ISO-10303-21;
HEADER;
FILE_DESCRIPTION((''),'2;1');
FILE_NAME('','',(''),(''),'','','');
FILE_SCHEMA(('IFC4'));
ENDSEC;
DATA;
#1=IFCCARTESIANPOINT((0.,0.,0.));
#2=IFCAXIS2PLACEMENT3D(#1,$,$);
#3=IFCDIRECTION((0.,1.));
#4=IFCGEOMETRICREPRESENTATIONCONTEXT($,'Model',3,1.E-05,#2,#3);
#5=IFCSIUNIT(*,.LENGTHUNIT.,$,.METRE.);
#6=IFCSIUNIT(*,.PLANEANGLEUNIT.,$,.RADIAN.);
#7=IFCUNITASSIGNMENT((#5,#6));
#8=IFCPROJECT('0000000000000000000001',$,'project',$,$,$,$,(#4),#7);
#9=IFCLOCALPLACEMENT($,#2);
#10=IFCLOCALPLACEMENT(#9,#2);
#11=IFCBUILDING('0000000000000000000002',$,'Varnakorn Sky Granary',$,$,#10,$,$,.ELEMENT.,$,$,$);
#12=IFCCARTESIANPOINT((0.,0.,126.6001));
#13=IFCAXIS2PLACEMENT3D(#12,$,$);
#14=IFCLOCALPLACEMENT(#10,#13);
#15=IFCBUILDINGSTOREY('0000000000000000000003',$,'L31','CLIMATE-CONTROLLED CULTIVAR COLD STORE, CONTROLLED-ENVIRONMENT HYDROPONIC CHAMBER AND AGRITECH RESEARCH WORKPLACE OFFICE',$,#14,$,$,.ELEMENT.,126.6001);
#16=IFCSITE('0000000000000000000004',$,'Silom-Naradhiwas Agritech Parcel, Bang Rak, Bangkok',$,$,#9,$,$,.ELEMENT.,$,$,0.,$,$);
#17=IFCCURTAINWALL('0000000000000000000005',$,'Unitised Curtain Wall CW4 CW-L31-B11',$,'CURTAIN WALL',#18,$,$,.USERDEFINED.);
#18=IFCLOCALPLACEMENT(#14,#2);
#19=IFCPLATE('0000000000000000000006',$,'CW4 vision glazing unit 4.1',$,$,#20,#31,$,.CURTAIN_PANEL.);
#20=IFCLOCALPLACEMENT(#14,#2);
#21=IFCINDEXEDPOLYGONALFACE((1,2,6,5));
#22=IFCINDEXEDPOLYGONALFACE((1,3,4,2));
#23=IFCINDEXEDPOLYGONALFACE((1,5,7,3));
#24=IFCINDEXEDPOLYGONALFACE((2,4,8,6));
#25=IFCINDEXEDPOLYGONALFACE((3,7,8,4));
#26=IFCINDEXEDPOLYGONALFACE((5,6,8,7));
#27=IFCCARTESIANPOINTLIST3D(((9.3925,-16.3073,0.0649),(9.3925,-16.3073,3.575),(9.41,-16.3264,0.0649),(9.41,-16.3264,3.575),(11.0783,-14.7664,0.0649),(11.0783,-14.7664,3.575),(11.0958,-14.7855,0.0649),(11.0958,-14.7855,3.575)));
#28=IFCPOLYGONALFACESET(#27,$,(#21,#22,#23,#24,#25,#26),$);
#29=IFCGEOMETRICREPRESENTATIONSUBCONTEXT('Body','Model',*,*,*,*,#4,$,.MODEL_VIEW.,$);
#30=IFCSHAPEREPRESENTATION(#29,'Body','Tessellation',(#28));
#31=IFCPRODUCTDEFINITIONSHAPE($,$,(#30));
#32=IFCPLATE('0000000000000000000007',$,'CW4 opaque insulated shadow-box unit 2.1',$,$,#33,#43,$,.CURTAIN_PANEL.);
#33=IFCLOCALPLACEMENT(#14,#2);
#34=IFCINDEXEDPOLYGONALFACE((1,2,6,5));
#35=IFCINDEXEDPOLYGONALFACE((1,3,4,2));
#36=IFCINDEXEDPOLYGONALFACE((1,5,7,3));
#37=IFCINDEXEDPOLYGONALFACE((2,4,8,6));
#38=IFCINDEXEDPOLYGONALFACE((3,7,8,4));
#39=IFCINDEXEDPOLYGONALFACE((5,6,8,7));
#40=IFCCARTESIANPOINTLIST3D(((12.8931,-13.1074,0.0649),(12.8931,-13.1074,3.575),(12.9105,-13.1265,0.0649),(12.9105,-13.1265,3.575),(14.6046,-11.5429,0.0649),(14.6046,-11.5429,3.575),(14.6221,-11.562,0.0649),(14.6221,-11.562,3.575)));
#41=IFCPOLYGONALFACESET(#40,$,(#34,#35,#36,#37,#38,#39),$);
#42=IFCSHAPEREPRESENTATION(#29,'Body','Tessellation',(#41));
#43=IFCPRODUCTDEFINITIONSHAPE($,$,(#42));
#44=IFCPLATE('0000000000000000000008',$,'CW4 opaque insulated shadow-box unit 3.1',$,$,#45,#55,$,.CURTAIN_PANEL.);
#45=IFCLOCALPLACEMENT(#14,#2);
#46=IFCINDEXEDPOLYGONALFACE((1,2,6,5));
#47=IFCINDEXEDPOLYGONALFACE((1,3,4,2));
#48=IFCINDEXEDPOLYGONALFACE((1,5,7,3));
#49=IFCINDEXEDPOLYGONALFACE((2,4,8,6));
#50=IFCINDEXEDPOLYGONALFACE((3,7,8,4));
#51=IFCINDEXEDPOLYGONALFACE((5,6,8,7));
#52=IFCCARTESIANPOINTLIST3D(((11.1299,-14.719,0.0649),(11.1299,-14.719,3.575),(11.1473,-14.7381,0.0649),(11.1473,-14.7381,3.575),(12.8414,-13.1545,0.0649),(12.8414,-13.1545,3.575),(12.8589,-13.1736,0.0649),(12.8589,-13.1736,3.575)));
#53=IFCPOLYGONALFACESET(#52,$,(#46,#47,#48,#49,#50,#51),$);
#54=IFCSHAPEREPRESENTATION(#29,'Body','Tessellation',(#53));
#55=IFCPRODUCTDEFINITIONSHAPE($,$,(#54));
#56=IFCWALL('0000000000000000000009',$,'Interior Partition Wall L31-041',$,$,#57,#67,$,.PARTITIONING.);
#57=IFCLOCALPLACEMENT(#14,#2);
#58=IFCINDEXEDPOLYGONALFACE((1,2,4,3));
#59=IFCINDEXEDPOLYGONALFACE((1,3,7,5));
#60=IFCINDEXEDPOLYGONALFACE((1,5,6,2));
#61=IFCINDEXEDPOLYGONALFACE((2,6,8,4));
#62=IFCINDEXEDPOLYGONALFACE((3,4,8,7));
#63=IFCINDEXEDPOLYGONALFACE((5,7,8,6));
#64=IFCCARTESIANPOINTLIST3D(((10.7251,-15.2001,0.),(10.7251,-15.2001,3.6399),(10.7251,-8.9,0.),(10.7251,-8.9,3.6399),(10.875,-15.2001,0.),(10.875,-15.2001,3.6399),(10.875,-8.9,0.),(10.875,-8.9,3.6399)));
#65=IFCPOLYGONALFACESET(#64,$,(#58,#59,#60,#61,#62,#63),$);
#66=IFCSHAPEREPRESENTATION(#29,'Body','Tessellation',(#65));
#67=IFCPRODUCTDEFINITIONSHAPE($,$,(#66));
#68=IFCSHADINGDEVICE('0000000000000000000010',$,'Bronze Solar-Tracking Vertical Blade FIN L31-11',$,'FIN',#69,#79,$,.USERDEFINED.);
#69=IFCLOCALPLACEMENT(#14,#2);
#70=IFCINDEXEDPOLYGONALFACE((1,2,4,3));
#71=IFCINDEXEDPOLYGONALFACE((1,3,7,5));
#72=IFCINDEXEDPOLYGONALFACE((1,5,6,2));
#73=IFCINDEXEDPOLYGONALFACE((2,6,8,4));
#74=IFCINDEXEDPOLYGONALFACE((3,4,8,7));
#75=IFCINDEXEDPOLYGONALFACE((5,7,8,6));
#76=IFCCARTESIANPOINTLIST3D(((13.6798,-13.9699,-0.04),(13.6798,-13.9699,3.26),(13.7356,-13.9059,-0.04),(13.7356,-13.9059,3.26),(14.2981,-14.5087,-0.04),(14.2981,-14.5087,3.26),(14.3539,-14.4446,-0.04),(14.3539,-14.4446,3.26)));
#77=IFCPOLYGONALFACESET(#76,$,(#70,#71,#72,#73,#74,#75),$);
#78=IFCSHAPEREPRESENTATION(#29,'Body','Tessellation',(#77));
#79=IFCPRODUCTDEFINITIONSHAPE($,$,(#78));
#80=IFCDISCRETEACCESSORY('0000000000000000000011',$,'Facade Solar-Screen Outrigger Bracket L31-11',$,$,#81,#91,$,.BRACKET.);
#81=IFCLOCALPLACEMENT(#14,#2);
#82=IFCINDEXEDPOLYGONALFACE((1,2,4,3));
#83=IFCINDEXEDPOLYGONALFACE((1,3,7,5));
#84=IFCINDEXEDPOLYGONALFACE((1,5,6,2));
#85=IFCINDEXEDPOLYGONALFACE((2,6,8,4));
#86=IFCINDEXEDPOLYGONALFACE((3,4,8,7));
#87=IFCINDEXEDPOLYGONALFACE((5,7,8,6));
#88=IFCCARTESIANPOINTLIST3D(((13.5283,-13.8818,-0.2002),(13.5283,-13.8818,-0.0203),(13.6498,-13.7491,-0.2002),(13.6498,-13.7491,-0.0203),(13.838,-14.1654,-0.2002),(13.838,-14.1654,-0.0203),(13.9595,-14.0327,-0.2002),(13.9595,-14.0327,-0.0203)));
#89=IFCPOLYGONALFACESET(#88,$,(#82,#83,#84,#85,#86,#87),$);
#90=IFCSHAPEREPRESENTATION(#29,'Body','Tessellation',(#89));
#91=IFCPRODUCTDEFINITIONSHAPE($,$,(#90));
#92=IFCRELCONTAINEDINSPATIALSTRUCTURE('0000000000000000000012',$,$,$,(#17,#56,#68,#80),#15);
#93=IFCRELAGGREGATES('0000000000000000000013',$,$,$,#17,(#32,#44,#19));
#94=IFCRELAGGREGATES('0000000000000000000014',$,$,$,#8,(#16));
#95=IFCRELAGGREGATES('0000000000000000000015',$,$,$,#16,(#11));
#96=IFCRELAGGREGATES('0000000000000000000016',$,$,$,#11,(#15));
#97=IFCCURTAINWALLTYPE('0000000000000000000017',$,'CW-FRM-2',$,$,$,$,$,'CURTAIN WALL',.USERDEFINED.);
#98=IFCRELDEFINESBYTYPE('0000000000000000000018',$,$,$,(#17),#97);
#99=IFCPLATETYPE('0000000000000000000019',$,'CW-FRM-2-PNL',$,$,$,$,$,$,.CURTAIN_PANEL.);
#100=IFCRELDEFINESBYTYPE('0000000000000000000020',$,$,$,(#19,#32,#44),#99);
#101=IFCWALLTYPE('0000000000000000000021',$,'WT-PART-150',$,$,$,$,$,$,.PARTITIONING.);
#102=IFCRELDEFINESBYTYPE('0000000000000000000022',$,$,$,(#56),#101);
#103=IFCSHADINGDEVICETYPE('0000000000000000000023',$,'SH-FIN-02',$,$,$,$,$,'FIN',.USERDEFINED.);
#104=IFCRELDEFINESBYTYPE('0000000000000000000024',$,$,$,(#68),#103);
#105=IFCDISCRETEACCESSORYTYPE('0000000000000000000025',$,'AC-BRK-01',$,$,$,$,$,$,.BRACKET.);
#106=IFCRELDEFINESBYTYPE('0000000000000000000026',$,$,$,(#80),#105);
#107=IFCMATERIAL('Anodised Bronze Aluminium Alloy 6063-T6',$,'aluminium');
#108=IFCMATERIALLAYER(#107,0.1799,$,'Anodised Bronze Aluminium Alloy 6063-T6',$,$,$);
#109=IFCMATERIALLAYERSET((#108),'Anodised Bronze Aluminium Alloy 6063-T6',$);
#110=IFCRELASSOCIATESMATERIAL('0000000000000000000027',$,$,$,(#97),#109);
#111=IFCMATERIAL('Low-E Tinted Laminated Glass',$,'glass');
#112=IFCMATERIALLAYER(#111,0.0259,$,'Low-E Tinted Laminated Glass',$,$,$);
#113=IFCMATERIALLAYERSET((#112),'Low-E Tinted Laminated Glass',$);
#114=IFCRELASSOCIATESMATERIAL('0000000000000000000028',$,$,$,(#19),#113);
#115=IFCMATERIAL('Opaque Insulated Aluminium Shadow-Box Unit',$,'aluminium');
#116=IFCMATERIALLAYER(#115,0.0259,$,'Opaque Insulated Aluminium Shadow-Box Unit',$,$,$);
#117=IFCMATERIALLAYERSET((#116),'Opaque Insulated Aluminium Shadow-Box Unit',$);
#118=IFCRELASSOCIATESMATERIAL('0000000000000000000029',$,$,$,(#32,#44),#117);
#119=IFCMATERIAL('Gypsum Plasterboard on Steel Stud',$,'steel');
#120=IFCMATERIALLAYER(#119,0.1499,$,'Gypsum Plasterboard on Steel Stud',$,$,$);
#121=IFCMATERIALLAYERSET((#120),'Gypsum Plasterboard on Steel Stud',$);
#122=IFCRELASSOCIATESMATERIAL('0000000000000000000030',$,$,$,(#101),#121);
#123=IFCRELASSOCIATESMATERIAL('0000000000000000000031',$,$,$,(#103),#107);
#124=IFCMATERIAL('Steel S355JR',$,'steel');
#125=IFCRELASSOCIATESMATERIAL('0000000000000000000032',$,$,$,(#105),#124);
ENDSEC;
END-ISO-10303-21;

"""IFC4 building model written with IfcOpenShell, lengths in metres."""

from ifc_helpers import new_model, si_unit, direction, frame, frame_2d, origin, origin_2d, place, context, subcontext, project, spatial, rectangle, extrude, source, transform, mapped, material, layer, layer_set, type_object, type_shapes, element, aggregate, save


model = new_model("IFC4")

# Units and contexts
model_context = context("Model", 3, precision=1e-05, world=origin(), true_north=direction((0.0, 1.0)))
body_context = subcontext(model_context, "Body", "Model", "MODEL_VIEW")
ifc_project = project(units=[si_unit("LENGTHUNIT", "METRE"), si_unit("PLANEANGLEUNIT", "RADIAN")], contexts=[model_context])

# Site, building, storey
site_placement = place(None, origin())
site = spatial("IfcSite", under=ifc_project, at=site_placement, Name="Silom-Naradhiwas Agritech Parcel, Bang Rak, Bangkok", CompositionType="ELEMENT", RefElevation=0.0)
building_placement = place(site_placement, origin())
building = spatial("IfcBuilding", under=site, at=building_placement, Name="Varnakorn Sky Granary", CompositionType="ELEMENT")
storey_placement = place(building_placement, frame((0.0, 0.0, 126.6001)))
storey = spatial("IfcBuildingStorey", under=building, at=storey_placement, Name="L31", Description="CLIMATE-CONTROLLED CULTIVAR COLD STORE, CONTROLLED-ENVIRONMENT HYDROPONIC CHAMBER AND AGRITECH RESEARCH WORKPLACE OFFICE", CompositionType="ELEMENT", Elevation=126.6001)

# Shared definitions
ifc_material_1 = material(Name="Steel S355JR", Category="steel")

# Shared definitions
ifc_material_2 = material(Name="Anodised Bronze Aluminium Alloy 6063-T6", Category="aluminium")
ifc_layer_1 = layer(ifc_material_2, 0.1799, Name="Anodised Bronze Aluminium Alloy 6063-T6")
ifc_layer_set_1 = layer_set([ifc_layer_1], Name="Anodised Bronze Aluminium Alloy 6063-T6")
curtain_wall_type = type_object("IfcCurtainWallType", Name="CW-FRM-2", ElementType="CURTAIN WALL", PredefinedType="USERDEFINED", material=ifc_layer_set_1)

# Curtain wall
curtain_wall_1_placement = place(storey_placement, origin())
curtain_wall_1 = element("IfcCurtainWall", 1, at=curtain_wall_1_placement, inside=storey, type_object=curtain_wall_type, Name="Unitised Curtain Wall CW4 CW-L31-B11", ObjectType="CURTAIN WALL", PredefinedType="USERDEFINED")

# Plates
ifc_material_3 = material(Name="Low-E Tinted Laminated Glass", Category="glass")
ifc_layer_2 = layer(ifc_material_3, 0.0259, Name="Low-E Tinted Laminated Glass")
ifc_layer_set_2 = layer_set([ifc_layer_2], Name="Low-E Tinted Laminated Glass")
plate_type = type_object("IfcPlateType", Name="CW-FRM-2-PNL", PredefinedType="CURTAIN_PANEL")
shared_shape_1 = source(origin(), body_context, "Body", "SweptSolid", [
    extrude(rectangle(XDim=2.2839, YDim=0.0259, at=origin_2d()), origin(), (0.0, 0.0, 1.0), 3.51),
])
plate_1_placement = place(storey_placement, frame((10.2441, -15.5464, 0.0649), z_axis=(0.0, 0.0, 1.0), x_axis=(-0.73811, -0.674681, 0.0)))
plate_1 = element("IfcPlate", 2, at=plate_1_placement, type_object=plate_type, material=ifc_layer_set_2, Name="CW4 vision glazing unit 4.1", PredefinedType="CURTAIN_PANEL", context=body_context, shape_type="MappedRepresentation", body=[
    mapped(shared_shape_1, transform((0.0, 0.0, 0.0), x_axis=(1.0, 0.0, 0.0), y_axis=(0.0, 1.0, 0.0), z_axis=(0.0, 0.0, 1.0), scale=1.0)),
])
ifc_material_4 = material(Name="Opaque Insulated Aluminium Shadow-Box Unit", Category="aluminium")
ifc_layer_3 = layer(ifc_material_4, 0.0259, Name="Opaque Insulated Aluminium Shadow-Box Unit")
ifc_layer_set_3 = layer_set([ifc_layer_3], Name="Opaque Insulated Aluminium Shadow-Box Unit")
shared_shape_2 = source(origin(), body_context, "Body", "SweptSolid", [
    extrude(rectangle(XDim=2.3188, YDim=0.0259, at=origin_2d()), origin(), (0.0, 0.0, 1.0), 3.51),
])
type_shapes(plate_type, [shared_shape_1, shared_shape_2])
plate_2_placement = place(storey_placement, frame((13.7576, -12.3347, 0.0649), z_axis=(0.0, 0.0, 1.0), x_axis=(-0.73811, -0.674681, 0.0)))
plate_2 = element("IfcPlate", 3, at=plate_2_placement, type_object=plate_type, material=ifc_layer_set_3, Name="CW4 opaque insulated shadow-box unit 2.1", PredefinedType="CURTAIN_PANEL", context=body_context, shape_type="MappedRepresentation", body=[
    mapped(shared_shape_2, transform((0.0, 0.0, 0.0), x_axis=(1.0, 0.0, 0.0), y_axis=(0.0, 1.0, 0.0), z_axis=(0.0, 0.0, 1.0), scale=1.0)),
])
plate_3_placement = place(storey_placement, frame((11.9944, -13.9463, 0.0649), z_axis=(0.0, 0.0, 1.0), x_axis=(-0.73811, -0.674681, 0.0)))
plate_3 = element("IfcPlate", 4, at=plate_3_placement, type_object=plate_type, material=ifc_layer_set_3, Name="CW4 opaque insulated shadow-box unit 3.1", PredefinedType="CURTAIN_PANEL", context=body_context, shape_type="MappedRepresentation", body=[
    mapped(shared_shape_2, transform((0.0, 0.0, 0.0), x_axis=(1.0, 0.0, 0.0), y_axis=(0.0, 1.0, 0.0), z_axis=(0.0, 0.0, 1.0), scale=1.0)),
])
aggregate(curtain_wall_1, [plate_2, plate_3, plate_1])

# Wall
ifc_material_5 = material(Name="Gypsum Plasterboard on Steel Stud", Category="steel")
ifc_layer_4 = layer(ifc_material_5, 0.1499, Name="Gypsum Plasterboard on Steel Stud")
ifc_layer_set_4 = layer_set([ifc_layer_4], Name="Gypsum Plasterboard on Steel Stud")
wall_type = type_object("IfcWallType", Name="WT-PART-150", PredefinedType="PARTITIONING", material=ifc_layer_set_4)
wall_placement = place(storey_placement, frame((10.8, -15.2, 0.0), z_axis=(0.0, 0.0, 1.0), x_axis=(0.0, 1.0, 0.0)))
element("IfcWall", 5, at=wall_placement, inside=storey, type_object=wall_type, Name="Interior Partition Wall L31-041", PredefinedType="PARTITIONING", context=body_context, shape_type="SweptSolid", body=[
    extrude(rectangle(XDim=6.3, YDim=0.1499, at=frame_2d((3.1499, 0.0))), origin(), (0.0, 0.0, 1.0), 3.6399),
])

# Shading device
shading_device_type = type_object("IfcShadingDeviceType", Name="SH-FIN-02", ElementType="FIN", PredefinedType="USERDEFINED", material=ifc_material_2)
shared_shape_3 = source(origin(), body_context, "Body", "SweptSolid", [
    extrude(rectangle(XDim=0.085, YDim=0.8201, at=origin_2d()), origin(), (0.0, 0.0, 1.0), 3.3),
])
type_shapes(shading_device_type, [shared_shape_3])
shading_device_placement = place(storey_placement, frame((14.0168, -14.2073, -0.04), z_axis=(0.0, 0.0, 1.0), x_axis=(0.656982, 0.753906, 0.0)))
element("IfcShadingDevice", 6, at=shading_device_placement, inside=storey, type_object=shading_device_type, Name="Bronze Solar-Tracking Vertical Blade FIN L31-11", ObjectType="FIN", PredefinedType="USERDEFINED", context=body_context, shape_type="MappedRepresentation", body=[
    mapped(shared_shape_3, transform((0.0, 0.0, 0.0), x_axis=(1.0, 0.0, 0.0), y_axis=(0.0, 1.0, 0.0), z_axis=(0.0, 0.0, 1.0), scale=1.0)),
])

# Discrete accessory
discrete_accessory_type = type_object("IfcDiscreteAccessoryType", Name="AC-BRK-01", PredefinedType="BRACKET", material=ifc_material_1)
shared_shape_4 = source(origin(), body_context, "Body", "SweptSolid", [
    extrude(rectangle(XDim=0.1799, YDim=0.4199, at=origin_2d()), origin(), (0.0, 0.0, 1.0), 0.1799),
])
type_shapes(discrete_accessory_type, [shared_shape_4])
discrete_accessory_placement = place(storey_placement, frame((13.7439, -13.9573, -0.2002), z_axis=(0.0, 0.0, 1.0), x_axis=(0.675297, 0.737546, 0.0)))
element("IfcDiscreteAccessory", 7, at=discrete_accessory_placement, inside=storey, type_object=discrete_accessory_type, Name="Facade Solar-Screen Outrigger Bracket L31-11", PredefinedType="BRACKET", context=body_context, shape_type="MappedRepresentation", body=[
    mapped(shared_shape_4, transform((0.0, 0.0, 0.0), x_axis=(1.0, 0.0, 0.0), y_axis=(0.0, 1.0, 0.0), z_axis=(0.0, 0.0, 1.0), scale=1.0)),
])

save(model, "model.ifc")
